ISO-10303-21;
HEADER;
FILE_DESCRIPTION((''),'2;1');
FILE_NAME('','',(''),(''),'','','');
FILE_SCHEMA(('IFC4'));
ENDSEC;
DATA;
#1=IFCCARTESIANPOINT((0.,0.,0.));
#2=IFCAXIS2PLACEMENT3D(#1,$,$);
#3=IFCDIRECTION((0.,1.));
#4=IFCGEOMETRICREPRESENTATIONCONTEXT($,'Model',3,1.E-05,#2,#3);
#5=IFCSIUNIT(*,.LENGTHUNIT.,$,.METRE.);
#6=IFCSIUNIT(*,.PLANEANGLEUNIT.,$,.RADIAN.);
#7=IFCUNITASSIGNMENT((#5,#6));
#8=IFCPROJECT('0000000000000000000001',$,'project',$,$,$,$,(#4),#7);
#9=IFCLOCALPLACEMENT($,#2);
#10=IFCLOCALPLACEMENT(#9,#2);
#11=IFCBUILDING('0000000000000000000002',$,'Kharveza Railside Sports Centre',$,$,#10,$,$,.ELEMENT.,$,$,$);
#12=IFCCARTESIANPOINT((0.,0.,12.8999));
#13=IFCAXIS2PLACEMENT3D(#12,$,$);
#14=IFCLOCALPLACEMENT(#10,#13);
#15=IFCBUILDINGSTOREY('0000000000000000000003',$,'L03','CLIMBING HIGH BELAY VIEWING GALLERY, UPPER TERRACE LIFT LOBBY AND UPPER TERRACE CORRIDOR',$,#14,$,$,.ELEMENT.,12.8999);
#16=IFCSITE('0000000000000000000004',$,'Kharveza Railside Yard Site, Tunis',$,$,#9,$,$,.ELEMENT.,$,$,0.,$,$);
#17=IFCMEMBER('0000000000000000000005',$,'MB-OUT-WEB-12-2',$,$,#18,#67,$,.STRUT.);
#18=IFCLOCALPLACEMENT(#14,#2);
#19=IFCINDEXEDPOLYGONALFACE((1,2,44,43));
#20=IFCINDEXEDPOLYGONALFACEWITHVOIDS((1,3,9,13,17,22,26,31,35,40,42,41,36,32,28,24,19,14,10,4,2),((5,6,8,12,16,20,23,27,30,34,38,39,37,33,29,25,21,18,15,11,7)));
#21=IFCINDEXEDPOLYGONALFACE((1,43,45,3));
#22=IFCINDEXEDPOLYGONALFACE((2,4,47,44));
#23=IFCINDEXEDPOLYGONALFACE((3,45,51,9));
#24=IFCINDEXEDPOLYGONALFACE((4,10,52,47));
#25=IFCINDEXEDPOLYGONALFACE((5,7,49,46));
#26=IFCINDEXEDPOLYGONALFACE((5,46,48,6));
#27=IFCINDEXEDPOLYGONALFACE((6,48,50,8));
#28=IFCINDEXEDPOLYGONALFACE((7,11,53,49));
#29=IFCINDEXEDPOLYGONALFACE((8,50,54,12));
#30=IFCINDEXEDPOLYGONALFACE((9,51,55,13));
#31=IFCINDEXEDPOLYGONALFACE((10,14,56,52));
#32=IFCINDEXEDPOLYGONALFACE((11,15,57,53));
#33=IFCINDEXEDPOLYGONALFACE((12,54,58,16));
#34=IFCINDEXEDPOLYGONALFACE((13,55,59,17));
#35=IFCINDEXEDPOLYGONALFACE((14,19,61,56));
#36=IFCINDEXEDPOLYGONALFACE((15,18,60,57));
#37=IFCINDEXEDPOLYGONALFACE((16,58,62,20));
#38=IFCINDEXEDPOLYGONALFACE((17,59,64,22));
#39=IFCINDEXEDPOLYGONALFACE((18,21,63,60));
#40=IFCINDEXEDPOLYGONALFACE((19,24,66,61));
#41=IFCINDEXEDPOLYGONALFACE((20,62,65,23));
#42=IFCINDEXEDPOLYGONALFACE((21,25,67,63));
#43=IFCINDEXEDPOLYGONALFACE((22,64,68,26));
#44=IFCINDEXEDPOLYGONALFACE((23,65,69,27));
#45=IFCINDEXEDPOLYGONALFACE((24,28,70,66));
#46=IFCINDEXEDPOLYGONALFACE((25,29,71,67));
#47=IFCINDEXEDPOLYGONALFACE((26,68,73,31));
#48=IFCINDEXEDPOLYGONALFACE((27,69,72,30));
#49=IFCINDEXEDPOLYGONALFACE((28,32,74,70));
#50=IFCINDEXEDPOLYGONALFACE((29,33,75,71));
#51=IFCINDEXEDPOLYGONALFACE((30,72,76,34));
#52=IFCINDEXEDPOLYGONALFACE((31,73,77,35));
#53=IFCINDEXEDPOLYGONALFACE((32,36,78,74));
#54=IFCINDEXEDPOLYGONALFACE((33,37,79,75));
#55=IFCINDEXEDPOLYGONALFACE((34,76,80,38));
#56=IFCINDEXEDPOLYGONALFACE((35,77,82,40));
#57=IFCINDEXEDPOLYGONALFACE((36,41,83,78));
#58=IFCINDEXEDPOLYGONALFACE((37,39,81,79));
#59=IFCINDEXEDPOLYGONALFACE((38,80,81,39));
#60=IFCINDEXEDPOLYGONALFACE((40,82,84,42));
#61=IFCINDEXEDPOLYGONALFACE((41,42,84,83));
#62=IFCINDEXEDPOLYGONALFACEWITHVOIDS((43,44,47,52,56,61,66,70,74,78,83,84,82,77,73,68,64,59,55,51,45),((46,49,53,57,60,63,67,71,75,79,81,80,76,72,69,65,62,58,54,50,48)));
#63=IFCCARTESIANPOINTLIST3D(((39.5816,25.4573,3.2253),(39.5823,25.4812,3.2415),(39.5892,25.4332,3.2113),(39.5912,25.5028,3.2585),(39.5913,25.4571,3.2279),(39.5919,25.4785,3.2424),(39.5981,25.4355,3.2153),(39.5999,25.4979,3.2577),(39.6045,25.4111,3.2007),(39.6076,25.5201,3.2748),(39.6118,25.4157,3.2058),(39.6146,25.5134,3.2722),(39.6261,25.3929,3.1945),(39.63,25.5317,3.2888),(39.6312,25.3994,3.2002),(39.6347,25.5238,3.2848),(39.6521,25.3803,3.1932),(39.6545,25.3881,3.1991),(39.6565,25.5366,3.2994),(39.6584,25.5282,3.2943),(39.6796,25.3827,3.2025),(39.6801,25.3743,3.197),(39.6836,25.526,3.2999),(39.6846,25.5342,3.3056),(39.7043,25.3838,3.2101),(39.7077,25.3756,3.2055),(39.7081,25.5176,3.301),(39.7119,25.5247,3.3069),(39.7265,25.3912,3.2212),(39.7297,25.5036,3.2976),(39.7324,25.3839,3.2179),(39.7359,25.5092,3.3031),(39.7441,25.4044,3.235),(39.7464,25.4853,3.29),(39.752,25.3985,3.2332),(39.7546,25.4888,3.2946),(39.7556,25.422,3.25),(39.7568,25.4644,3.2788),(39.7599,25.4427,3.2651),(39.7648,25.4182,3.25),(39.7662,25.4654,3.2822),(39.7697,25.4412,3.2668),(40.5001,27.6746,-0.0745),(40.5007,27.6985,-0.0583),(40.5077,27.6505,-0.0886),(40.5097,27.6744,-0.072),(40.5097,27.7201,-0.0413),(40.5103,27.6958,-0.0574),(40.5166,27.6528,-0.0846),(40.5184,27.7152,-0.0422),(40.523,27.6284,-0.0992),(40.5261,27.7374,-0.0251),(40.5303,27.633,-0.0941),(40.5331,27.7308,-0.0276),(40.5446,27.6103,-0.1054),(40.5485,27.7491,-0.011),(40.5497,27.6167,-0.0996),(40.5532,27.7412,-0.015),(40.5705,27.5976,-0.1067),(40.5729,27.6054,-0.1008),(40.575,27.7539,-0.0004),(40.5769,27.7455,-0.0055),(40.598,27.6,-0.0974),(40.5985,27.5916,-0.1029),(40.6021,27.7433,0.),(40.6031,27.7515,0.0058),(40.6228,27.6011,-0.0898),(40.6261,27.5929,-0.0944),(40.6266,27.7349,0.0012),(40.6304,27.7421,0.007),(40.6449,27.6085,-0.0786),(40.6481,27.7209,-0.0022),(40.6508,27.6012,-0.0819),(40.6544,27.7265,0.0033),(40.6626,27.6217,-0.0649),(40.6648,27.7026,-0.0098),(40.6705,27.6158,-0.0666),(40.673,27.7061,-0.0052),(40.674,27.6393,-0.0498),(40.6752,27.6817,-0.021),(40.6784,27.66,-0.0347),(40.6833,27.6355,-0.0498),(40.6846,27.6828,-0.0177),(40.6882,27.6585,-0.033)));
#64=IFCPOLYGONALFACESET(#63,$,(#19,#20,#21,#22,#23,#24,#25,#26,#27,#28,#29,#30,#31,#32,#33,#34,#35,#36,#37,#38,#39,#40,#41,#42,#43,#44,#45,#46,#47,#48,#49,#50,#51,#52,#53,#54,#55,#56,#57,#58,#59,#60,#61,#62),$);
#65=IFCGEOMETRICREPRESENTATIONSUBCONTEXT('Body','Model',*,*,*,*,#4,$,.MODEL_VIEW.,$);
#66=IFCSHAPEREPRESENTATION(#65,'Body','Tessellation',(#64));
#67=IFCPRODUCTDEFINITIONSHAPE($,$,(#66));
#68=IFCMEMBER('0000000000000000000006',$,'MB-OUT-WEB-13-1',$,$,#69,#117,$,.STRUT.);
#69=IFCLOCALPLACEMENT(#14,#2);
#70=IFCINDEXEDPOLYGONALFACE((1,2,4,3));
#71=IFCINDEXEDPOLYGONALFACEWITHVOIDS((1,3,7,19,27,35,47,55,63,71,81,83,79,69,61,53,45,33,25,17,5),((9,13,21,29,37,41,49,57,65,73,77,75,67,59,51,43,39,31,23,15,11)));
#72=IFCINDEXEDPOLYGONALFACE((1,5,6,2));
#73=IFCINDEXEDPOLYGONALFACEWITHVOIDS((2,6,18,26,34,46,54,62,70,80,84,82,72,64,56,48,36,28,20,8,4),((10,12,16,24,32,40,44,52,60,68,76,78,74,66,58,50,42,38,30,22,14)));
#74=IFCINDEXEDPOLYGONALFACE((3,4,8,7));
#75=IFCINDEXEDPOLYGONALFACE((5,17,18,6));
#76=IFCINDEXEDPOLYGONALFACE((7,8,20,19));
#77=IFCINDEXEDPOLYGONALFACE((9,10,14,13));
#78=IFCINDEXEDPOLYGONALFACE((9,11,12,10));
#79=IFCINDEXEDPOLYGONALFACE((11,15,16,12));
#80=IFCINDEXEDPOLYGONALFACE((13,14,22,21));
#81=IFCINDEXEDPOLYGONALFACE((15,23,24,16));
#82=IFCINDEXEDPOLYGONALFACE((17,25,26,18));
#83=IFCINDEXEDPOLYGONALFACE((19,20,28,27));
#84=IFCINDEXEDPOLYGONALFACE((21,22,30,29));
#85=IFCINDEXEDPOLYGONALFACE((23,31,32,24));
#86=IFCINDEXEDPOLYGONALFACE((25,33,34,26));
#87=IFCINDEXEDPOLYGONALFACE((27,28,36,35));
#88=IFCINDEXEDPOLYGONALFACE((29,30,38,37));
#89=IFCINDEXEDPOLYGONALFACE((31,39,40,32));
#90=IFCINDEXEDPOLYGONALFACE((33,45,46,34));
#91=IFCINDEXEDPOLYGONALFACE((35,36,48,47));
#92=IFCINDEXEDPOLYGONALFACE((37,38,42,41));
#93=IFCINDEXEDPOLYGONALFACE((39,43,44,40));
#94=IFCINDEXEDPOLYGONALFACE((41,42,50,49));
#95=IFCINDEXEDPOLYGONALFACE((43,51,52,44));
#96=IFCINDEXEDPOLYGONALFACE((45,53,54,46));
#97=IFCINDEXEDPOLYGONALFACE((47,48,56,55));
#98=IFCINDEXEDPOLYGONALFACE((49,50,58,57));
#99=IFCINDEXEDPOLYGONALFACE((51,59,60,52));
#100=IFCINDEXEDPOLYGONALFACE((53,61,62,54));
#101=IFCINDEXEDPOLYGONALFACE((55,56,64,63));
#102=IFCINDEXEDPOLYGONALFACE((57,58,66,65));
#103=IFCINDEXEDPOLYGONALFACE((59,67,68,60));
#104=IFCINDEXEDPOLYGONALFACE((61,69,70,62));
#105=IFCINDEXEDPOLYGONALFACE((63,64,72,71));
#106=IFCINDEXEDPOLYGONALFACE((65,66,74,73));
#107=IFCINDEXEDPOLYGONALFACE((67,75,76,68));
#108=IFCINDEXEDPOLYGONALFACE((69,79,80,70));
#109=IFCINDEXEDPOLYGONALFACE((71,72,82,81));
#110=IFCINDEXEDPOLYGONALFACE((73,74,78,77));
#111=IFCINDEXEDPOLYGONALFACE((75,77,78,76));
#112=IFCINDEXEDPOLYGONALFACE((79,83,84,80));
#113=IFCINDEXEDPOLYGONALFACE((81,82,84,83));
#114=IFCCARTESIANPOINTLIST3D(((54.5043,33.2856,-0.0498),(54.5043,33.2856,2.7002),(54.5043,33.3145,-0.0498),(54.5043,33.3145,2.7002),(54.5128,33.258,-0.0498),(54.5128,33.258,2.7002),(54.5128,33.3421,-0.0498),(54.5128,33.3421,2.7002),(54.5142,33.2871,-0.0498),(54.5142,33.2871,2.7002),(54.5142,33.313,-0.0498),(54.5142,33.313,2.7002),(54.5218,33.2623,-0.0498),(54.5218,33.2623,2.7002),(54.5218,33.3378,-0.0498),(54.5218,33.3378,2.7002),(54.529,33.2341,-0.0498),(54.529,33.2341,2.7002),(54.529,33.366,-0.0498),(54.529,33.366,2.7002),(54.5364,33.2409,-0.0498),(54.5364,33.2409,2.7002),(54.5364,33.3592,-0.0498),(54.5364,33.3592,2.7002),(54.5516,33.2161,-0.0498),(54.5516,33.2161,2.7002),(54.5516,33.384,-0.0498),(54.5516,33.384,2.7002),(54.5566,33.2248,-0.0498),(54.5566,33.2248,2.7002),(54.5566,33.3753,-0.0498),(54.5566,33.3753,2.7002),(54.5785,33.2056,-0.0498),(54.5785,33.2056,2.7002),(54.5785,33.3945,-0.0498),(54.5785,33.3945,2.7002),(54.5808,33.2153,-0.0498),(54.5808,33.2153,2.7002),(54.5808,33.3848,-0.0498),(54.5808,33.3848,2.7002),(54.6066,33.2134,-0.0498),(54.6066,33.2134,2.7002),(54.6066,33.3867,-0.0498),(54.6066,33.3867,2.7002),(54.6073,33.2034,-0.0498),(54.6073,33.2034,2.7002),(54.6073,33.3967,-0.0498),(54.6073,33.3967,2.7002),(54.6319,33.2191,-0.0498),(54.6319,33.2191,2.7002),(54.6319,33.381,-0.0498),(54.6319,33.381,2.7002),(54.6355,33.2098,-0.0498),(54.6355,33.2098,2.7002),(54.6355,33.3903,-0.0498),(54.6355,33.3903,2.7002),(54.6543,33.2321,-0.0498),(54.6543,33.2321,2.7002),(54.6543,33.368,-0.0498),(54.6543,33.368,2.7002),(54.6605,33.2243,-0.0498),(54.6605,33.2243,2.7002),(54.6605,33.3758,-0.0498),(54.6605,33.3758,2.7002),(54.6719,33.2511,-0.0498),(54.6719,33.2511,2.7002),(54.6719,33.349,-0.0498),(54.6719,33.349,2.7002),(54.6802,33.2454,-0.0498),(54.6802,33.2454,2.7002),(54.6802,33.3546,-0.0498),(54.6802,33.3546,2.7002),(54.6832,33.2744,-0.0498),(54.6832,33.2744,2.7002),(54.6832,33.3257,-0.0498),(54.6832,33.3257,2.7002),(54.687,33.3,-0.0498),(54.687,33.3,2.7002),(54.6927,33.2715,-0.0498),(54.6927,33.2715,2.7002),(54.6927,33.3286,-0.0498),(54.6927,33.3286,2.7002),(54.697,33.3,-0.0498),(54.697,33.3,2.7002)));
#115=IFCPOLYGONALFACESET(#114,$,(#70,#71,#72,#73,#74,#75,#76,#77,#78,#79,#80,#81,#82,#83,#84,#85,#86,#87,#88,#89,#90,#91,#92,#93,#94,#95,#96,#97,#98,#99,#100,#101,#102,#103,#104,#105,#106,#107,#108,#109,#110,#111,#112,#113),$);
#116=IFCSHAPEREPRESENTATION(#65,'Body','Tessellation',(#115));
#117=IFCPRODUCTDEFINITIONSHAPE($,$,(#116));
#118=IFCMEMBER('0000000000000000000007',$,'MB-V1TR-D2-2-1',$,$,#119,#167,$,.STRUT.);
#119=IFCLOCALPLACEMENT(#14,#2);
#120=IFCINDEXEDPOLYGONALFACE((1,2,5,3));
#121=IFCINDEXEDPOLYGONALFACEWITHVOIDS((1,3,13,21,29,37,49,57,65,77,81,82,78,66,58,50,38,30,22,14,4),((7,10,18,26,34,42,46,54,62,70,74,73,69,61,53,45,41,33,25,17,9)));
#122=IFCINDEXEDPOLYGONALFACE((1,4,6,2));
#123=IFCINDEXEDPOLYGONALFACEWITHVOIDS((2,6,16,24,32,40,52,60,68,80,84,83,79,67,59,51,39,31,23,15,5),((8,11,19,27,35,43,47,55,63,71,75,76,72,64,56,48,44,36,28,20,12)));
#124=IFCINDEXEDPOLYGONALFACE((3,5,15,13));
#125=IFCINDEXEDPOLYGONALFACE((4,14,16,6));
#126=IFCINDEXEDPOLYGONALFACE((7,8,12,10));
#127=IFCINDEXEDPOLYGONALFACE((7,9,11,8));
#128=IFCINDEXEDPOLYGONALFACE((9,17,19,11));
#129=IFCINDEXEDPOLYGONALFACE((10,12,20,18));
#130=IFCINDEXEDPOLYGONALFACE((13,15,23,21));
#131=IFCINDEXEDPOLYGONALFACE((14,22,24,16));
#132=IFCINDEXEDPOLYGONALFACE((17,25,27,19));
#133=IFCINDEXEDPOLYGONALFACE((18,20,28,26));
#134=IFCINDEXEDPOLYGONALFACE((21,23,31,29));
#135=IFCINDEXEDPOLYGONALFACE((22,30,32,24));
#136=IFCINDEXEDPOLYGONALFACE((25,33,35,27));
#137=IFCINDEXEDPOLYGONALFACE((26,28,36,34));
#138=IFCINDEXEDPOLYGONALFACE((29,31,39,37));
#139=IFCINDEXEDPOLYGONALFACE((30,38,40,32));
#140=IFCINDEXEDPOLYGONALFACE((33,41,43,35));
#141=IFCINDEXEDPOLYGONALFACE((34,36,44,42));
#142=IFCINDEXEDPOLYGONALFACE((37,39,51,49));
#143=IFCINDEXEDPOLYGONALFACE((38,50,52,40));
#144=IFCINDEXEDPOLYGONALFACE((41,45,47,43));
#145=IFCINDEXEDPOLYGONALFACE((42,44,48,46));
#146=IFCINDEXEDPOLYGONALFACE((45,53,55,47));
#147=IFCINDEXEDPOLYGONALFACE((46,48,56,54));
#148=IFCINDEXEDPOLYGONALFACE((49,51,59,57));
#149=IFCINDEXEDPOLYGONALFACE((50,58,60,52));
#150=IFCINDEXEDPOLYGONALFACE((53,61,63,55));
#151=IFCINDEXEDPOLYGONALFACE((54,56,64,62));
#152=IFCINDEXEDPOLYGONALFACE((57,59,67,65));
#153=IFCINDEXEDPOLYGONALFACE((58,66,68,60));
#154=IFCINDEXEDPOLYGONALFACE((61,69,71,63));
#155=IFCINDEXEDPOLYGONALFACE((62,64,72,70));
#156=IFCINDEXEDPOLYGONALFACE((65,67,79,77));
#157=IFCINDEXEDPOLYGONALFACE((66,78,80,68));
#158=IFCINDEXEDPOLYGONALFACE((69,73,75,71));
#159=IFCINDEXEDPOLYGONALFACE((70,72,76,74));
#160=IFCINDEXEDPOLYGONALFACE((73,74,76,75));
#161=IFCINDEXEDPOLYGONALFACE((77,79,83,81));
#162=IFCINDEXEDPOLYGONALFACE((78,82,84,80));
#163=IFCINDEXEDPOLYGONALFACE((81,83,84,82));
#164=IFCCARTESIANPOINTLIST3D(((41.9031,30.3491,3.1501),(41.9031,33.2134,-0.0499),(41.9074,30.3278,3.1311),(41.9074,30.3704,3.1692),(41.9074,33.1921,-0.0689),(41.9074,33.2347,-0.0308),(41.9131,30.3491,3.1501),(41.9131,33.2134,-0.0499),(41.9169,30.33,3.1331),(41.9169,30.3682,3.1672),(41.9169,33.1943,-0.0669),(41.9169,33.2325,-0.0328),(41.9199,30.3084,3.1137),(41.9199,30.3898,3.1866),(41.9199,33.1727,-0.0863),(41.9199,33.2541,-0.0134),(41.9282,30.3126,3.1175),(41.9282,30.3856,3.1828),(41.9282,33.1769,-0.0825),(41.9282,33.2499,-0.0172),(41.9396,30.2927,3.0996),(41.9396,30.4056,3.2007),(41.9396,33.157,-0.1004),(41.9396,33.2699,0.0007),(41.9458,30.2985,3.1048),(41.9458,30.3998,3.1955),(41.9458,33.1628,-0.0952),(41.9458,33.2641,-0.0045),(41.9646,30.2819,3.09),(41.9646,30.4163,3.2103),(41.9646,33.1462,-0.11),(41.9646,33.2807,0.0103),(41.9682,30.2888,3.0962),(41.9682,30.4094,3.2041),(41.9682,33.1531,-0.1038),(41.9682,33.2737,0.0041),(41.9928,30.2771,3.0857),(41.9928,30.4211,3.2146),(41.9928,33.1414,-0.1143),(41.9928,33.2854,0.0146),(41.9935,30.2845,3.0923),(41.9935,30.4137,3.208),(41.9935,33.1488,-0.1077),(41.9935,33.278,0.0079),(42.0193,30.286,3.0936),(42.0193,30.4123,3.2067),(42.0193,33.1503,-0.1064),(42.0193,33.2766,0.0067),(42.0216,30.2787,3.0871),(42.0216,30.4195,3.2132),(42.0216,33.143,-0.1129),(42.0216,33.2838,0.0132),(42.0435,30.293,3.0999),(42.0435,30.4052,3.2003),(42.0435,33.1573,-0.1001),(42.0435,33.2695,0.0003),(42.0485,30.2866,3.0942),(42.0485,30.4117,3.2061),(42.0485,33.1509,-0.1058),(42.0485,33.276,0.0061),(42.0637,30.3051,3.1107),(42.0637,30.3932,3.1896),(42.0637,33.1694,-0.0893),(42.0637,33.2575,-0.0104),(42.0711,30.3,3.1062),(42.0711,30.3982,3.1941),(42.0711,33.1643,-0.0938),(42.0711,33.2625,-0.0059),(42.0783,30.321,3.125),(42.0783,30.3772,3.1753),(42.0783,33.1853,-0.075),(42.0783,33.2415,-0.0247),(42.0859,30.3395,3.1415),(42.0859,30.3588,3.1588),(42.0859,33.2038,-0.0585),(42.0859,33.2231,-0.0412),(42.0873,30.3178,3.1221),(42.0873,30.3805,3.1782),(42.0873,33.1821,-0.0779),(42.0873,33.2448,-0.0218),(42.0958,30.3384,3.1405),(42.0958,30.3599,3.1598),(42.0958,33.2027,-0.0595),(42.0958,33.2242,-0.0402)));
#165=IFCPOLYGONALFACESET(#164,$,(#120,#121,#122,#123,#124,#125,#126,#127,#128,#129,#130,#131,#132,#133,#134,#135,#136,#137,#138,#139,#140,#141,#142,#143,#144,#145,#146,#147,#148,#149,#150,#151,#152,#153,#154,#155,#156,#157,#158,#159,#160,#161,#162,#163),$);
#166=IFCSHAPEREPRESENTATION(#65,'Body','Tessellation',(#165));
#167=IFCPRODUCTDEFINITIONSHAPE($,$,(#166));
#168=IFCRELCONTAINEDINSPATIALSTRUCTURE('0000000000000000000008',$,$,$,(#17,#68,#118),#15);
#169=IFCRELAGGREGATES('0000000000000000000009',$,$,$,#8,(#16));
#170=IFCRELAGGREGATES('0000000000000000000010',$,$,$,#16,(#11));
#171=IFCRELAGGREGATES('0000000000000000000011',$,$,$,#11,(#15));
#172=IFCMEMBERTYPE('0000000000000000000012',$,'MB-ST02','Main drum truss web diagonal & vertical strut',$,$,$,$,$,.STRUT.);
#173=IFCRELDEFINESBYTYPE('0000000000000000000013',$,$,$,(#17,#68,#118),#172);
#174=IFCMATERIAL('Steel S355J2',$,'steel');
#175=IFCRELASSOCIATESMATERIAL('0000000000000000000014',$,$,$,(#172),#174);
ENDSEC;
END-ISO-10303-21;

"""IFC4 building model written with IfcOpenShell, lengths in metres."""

from ifc_helpers import new_model, si_unit, direction, frame, origin, origin_2d, place, context, subcontext, project, spatial, hollow_circle, extrude, material, material_profile, profile_set, type_object, element, save


model = new_model("IFC4")

# Units and contexts
model_context = context("Model", 3, precision=1e-05, world=origin(), true_north=direction((0.0, 1.0)))
body_context = subcontext(model_context, "Body", "Model", "MODEL_VIEW")
ifc_project = project(units=[si_unit("LENGTHUNIT", "METRE"), si_unit("PLANEANGLEUNIT", "RADIAN")], contexts=[model_context])

# Site, building, storey
site_placement = place(None, origin())
site = spatial("IfcSite", under=ifc_project, at=site_placement, Name="Kharveza Railside Yard Site, Tunis", CompositionType="ELEMENT", RefElevation=0.0)
building_placement = place(site_placement, origin())
building = spatial("IfcBuilding", under=site, at=building_placement, Name="Kharveza Railside Sports Centre", CompositionType="ELEMENT")
storey_placement = place(building_placement, frame((0.0, 0.0, 12.8999)))
storey = spatial("IfcBuildingStorey", under=building, at=storey_placement, Name="L03", Description="CLIMBING HIGH BELAY VIEWING GALLERY, UPPER TERRACE LIFT LOBBY AND UPPER TERRACE CORRIDOR", CompositionType="ELEMENT", Elevation=12.8999)

# Members
ifc_material = material(Name="Steel S355J2", Category="steel")
ifc_material_profile_1 = material_profile(ifc_material, hollow_circle(Radius=0.0969, WallThickness=0.01, at=origin_2d()), Name="CHS 193.7x10.0")
ifc_profile_set_1 = profile_set([ifc_material_profile_1], Name="Steel S355J2")
member_type_1 = type_object("IfcMemberType", Name="MB-ST02", Description="Main drum truss web diagonal & vertical strut", PredefinedType="STRUT", material=ifc_profile_set_1)
member_1_placement = place(storey_placement, frame((40.5938, 27.6726, -0.0498), z_axis=(-0.225097, -0.543416, 0.808722), x_axis=(0.923875, -0.382693, 0.0)))
element("IfcMember", 1, at=member_1_placement, inside=storey, type_object=member_type_1, Name="MB-OUT-WEB-12-2", PredefinedType="STRUT", context=body_context, shape_type="SweptSolid", body=[
    extrude(hollow_circle(Radius=0.0969, WallThickness=0.01, at=origin_2d()), origin(), (0.0, 0.0, 1.0), 4.0803),
])
member_2_placement = place(storey_placement, frame((54.6001, 33.3, -0.0498), z_axis=(0.0, 0.0, 1.0), x_axis=(1.0, 0.0, 0.0)))
element("IfcMember", 2, at=member_2_placement, inside=storey, type_object=member_type_1, Name="MB-OUT-WEB-13-1", PredefinedType="STRUT", context=body_context, shape_type="SweptSolid", body=[
    extrude(hollow_circle(Radius=0.0969, WallThickness=0.01, at=origin_2d()), origin(), (0.0, 0.0, 1.0), 2.75),
])
for number, where, z_axis, x_axis, name in (
    (3, (42.0, 30.3491, 3.1501), (0.0, 0.666943, -0.745109), (-1.0, 0.0, 0.0), "MB-V1TR-D2-2-1"),
):
    element("IfcMember", number, at=place(storey_placement, frame(where, z_axis=z_axis, x_axis=x_axis)), inside=storey, type_object=member_type_1, Name=name, PredefinedType="STRUT", context=body_context, shape_type="SweptSolid", body=[
        extrude(hollow_circle(Radius=0.0969, WallThickness=0.01, at=origin_2d()), origin(), (0.0, 0.0, 1.0), 4.2947),
    ])

save(model, "model.ifc")
